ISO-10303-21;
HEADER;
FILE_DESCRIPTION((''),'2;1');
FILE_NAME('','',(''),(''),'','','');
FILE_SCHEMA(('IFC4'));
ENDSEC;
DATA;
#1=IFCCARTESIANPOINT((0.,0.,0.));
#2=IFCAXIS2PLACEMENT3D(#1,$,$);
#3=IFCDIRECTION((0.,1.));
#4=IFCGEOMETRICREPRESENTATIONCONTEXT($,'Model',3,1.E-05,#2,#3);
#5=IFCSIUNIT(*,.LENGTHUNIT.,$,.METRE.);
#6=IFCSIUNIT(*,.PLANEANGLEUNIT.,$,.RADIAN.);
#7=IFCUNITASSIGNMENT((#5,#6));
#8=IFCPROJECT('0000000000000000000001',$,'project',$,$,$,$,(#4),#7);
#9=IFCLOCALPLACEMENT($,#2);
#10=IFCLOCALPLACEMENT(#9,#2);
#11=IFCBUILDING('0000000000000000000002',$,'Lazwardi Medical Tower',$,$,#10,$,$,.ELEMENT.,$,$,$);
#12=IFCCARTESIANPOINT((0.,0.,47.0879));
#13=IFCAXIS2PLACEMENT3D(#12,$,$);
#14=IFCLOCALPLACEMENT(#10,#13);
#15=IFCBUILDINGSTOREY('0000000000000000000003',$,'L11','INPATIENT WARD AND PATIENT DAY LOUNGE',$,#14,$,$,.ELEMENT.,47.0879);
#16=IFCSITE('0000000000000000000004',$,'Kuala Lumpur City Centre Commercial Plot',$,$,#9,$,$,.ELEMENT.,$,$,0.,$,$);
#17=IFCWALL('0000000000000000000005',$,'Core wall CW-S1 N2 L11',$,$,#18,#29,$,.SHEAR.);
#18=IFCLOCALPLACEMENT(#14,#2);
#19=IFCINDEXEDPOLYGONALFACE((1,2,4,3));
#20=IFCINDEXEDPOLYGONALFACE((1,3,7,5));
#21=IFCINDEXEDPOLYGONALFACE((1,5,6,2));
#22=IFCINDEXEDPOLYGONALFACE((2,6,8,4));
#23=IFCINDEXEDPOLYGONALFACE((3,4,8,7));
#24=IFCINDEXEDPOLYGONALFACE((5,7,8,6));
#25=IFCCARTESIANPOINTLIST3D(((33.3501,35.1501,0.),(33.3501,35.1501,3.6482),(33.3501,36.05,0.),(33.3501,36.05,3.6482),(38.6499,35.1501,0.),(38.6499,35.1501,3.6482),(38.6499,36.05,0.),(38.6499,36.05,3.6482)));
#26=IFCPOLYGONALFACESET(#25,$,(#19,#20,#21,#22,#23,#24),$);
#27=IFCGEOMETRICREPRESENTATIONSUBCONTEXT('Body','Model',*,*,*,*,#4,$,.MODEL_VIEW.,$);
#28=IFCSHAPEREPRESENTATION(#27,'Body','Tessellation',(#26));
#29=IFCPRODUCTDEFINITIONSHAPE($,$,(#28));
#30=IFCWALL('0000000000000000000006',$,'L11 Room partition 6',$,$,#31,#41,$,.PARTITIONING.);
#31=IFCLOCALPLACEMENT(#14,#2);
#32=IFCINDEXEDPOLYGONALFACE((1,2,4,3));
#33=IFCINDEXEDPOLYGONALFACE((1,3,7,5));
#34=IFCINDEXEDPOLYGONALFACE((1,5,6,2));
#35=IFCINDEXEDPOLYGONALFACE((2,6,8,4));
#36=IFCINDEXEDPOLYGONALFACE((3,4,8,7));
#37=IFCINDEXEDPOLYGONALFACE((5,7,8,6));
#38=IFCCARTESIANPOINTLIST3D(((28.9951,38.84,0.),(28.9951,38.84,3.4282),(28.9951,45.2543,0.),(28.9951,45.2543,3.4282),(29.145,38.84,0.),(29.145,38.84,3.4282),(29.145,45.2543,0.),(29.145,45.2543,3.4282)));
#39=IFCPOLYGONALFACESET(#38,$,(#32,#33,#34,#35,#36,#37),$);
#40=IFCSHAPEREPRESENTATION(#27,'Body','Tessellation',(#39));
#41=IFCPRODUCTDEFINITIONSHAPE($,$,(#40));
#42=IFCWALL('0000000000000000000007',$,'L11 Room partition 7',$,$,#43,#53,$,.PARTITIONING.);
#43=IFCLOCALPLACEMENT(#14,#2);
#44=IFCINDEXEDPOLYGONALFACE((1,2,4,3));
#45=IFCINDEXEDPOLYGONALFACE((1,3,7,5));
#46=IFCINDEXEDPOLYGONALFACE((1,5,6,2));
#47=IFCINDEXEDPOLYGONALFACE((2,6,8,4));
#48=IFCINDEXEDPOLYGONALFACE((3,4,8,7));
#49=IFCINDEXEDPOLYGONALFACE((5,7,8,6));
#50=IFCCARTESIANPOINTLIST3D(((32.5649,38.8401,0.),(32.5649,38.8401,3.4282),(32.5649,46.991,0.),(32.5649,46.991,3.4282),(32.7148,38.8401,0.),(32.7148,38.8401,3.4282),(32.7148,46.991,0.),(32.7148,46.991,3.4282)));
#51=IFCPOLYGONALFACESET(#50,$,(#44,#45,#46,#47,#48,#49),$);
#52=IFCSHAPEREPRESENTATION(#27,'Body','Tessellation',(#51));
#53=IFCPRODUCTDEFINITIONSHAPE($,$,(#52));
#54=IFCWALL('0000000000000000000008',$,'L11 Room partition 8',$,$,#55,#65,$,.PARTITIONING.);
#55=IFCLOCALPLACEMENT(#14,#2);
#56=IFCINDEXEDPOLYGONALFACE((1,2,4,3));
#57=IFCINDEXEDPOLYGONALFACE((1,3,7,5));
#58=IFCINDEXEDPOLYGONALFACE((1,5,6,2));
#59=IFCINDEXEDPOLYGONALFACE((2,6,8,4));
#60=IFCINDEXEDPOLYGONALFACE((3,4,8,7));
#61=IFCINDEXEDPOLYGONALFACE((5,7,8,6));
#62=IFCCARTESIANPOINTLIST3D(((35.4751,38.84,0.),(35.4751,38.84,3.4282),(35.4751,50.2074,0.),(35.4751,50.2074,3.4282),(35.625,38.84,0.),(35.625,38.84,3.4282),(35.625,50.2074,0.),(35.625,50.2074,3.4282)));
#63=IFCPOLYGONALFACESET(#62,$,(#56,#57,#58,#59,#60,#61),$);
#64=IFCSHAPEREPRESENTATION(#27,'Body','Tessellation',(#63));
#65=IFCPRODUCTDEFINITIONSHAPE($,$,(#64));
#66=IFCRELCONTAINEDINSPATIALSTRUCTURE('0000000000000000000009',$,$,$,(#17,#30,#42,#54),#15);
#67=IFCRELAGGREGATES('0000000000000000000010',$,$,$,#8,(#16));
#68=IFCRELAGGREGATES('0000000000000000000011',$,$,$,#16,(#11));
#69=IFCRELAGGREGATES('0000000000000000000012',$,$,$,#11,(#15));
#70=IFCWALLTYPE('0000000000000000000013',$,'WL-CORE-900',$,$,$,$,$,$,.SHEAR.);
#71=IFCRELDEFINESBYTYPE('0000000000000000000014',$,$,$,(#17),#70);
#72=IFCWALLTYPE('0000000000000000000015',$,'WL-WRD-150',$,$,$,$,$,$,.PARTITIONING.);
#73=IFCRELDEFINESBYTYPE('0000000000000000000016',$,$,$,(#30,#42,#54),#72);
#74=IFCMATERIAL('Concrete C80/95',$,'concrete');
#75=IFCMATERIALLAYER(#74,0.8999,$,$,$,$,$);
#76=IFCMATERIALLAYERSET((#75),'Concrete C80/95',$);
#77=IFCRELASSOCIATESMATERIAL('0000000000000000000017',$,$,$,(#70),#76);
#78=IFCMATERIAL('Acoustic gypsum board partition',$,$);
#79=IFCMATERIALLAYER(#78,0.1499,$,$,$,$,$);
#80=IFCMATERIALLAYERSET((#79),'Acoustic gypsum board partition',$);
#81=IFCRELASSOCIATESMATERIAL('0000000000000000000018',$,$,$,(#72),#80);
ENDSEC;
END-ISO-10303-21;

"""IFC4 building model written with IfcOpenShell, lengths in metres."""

from ifc_helpers import new_model, si_unit, direction, frame, frame_2d, origin, place, context, subcontext, project, spatial, rectangle, extrude, material, layer, layer_set, type_object, element, save


model = new_model("IFC4")

# Units and contexts
model_context = context("Model", 3, precision=1e-05, world=origin(), true_north=direction((0.0, 1.0)))
body_context = subcontext(model_context, "Body", "Model", "MODEL_VIEW")
ifc_project = project(units=[si_unit("LENGTHUNIT", "METRE"), si_unit("PLANEANGLEUNIT", "RADIAN")], contexts=[model_context])

# Site, building, storey
site_placement = place(None, origin())
site = spatial("IfcSite", under=ifc_project, at=site_placement, Name="Kuala Lumpur City Centre Commercial Plot", CompositionType="ELEMENT", RefElevation=0.0)
building_placement = place(site_placement, origin())
building = spatial("IfcBuilding", under=site, at=building_placement, Name="Lazwardi Medical Tower", CompositionType="ELEMENT")
storey_placement = place(building_placement, frame((0.0, 0.0, 47.0879)))
storey = spatial("IfcBuildingStorey", under=building, at=storey_placement, Name="L11", Description="INPATIENT WARD AND PATIENT DAY LOUNGE", CompositionType="ELEMENT", Elevation=47.0879)

# Shared definitions
ifc_material_1 = material(Name="Concrete C80/95", Category="concrete")

# Walls
ifc_layer_1 = layer(ifc_material_1, 0.8999)
ifc_layer_set_1 = layer_set([ifc_layer_1], Name="Concrete C80/95")
wall_type_1 = type_object("IfcWallType", Name="WL-CORE-900", PredefinedType="SHEAR", material=ifc_layer_set_1)
wall_1_placement = place(storey_placement, frame((33.3501, 35.6001, 0.0), z_axis=(0.0, 0.0, 1.0), x_axis=(1.0, 0.0, 0.0)))
element("IfcWall", 1, at=wall_1_placement, inside=storey, type_object=wall_type_1, Name="Core wall CW-S1 N2 L11", PredefinedType="SHEAR", context=body_context, shape_type="SweptSolid", body=[
    extrude(rectangle(XDim=5.2998, YDim=0.8999, at=frame_2d((2.6499, 0.0))), origin(), (0.0, 0.0, 1.0), 3.6482),
])
ifc_material_2 = material(Name="Acoustic gypsum board partition")
ifc_layer_2 = layer(ifc_material_2, 0.1499)
ifc_layer_set_2 = layer_set([ifc_layer_2], Name="Acoustic gypsum board partition")
wall_type_2 = type_object("IfcWallType", Name="WL-WRD-150", PredefinedType="PARTITIONING", material=ifc_layer_set_2)
wall_2_placement = place(storey_placement, frame((29.0701, 38.8401, 0.0), z_axis=(0.0, 0.0, 1.0), x_axis=(0.0, 1.0, 0.0)))
element("IfcWall", 2, at=wall_2_placement, inside=storey, type_object=wall_type_2, Name="L11 Room partition 6", PredefinedType="PARTITIONING", context=body_context, shape_type="SweptSolid", body=[
    extrude(rectangle(XDim=6.4143, YDim=0.1499, at=frame_2d((3.207, 0.0))), origin(), (0.0, 0.0, 1.0), 3.4282),
])
wall_3_placement = place(storey_placement, frame((32.6399, 38.8401, 0.0), z_axis=(0.0, 0.0, 1.0), x_axis=(0.0, 1.0, 0.0)))
element("IfcWall", 3, at=wall_3_placement, inside=storey, type_object=wall_type_2, Name="L11 Room partition 7", PredefinedType="PARTITIONING", context=body_context, shape_type="SweptSolid", body=[
    extrude(rectangle(XDim=8.1509, YDim=0.1499, at=frame_2d((4.0754, 0.0))), origin(), (0.0, 0.0, 1.0), 3.4282),
])
wall_4_placement = place(storey_placement, frame((35.55, 38.8401, 0.0), z_axis=(0.0, 0.0, 1.0), x_axis=(0.0, 1.0, 0.0)))
element("IfcWall", 4, at=wall_4_placement, inside=storey, type_object=wall_type_2, Name="L11 Room partition 8", PredefinedType="PARTITIONING", context=body_context, shape_type="SweptSolid", body=[
    extrude(rectangle(XDim=11.3674, YDim=0.1499, at=frame_2d((5.6836, 0.0))), origin(), (0.0, 0.0, 1.0), 3.4282),
])

save(model, "model.ifc")
